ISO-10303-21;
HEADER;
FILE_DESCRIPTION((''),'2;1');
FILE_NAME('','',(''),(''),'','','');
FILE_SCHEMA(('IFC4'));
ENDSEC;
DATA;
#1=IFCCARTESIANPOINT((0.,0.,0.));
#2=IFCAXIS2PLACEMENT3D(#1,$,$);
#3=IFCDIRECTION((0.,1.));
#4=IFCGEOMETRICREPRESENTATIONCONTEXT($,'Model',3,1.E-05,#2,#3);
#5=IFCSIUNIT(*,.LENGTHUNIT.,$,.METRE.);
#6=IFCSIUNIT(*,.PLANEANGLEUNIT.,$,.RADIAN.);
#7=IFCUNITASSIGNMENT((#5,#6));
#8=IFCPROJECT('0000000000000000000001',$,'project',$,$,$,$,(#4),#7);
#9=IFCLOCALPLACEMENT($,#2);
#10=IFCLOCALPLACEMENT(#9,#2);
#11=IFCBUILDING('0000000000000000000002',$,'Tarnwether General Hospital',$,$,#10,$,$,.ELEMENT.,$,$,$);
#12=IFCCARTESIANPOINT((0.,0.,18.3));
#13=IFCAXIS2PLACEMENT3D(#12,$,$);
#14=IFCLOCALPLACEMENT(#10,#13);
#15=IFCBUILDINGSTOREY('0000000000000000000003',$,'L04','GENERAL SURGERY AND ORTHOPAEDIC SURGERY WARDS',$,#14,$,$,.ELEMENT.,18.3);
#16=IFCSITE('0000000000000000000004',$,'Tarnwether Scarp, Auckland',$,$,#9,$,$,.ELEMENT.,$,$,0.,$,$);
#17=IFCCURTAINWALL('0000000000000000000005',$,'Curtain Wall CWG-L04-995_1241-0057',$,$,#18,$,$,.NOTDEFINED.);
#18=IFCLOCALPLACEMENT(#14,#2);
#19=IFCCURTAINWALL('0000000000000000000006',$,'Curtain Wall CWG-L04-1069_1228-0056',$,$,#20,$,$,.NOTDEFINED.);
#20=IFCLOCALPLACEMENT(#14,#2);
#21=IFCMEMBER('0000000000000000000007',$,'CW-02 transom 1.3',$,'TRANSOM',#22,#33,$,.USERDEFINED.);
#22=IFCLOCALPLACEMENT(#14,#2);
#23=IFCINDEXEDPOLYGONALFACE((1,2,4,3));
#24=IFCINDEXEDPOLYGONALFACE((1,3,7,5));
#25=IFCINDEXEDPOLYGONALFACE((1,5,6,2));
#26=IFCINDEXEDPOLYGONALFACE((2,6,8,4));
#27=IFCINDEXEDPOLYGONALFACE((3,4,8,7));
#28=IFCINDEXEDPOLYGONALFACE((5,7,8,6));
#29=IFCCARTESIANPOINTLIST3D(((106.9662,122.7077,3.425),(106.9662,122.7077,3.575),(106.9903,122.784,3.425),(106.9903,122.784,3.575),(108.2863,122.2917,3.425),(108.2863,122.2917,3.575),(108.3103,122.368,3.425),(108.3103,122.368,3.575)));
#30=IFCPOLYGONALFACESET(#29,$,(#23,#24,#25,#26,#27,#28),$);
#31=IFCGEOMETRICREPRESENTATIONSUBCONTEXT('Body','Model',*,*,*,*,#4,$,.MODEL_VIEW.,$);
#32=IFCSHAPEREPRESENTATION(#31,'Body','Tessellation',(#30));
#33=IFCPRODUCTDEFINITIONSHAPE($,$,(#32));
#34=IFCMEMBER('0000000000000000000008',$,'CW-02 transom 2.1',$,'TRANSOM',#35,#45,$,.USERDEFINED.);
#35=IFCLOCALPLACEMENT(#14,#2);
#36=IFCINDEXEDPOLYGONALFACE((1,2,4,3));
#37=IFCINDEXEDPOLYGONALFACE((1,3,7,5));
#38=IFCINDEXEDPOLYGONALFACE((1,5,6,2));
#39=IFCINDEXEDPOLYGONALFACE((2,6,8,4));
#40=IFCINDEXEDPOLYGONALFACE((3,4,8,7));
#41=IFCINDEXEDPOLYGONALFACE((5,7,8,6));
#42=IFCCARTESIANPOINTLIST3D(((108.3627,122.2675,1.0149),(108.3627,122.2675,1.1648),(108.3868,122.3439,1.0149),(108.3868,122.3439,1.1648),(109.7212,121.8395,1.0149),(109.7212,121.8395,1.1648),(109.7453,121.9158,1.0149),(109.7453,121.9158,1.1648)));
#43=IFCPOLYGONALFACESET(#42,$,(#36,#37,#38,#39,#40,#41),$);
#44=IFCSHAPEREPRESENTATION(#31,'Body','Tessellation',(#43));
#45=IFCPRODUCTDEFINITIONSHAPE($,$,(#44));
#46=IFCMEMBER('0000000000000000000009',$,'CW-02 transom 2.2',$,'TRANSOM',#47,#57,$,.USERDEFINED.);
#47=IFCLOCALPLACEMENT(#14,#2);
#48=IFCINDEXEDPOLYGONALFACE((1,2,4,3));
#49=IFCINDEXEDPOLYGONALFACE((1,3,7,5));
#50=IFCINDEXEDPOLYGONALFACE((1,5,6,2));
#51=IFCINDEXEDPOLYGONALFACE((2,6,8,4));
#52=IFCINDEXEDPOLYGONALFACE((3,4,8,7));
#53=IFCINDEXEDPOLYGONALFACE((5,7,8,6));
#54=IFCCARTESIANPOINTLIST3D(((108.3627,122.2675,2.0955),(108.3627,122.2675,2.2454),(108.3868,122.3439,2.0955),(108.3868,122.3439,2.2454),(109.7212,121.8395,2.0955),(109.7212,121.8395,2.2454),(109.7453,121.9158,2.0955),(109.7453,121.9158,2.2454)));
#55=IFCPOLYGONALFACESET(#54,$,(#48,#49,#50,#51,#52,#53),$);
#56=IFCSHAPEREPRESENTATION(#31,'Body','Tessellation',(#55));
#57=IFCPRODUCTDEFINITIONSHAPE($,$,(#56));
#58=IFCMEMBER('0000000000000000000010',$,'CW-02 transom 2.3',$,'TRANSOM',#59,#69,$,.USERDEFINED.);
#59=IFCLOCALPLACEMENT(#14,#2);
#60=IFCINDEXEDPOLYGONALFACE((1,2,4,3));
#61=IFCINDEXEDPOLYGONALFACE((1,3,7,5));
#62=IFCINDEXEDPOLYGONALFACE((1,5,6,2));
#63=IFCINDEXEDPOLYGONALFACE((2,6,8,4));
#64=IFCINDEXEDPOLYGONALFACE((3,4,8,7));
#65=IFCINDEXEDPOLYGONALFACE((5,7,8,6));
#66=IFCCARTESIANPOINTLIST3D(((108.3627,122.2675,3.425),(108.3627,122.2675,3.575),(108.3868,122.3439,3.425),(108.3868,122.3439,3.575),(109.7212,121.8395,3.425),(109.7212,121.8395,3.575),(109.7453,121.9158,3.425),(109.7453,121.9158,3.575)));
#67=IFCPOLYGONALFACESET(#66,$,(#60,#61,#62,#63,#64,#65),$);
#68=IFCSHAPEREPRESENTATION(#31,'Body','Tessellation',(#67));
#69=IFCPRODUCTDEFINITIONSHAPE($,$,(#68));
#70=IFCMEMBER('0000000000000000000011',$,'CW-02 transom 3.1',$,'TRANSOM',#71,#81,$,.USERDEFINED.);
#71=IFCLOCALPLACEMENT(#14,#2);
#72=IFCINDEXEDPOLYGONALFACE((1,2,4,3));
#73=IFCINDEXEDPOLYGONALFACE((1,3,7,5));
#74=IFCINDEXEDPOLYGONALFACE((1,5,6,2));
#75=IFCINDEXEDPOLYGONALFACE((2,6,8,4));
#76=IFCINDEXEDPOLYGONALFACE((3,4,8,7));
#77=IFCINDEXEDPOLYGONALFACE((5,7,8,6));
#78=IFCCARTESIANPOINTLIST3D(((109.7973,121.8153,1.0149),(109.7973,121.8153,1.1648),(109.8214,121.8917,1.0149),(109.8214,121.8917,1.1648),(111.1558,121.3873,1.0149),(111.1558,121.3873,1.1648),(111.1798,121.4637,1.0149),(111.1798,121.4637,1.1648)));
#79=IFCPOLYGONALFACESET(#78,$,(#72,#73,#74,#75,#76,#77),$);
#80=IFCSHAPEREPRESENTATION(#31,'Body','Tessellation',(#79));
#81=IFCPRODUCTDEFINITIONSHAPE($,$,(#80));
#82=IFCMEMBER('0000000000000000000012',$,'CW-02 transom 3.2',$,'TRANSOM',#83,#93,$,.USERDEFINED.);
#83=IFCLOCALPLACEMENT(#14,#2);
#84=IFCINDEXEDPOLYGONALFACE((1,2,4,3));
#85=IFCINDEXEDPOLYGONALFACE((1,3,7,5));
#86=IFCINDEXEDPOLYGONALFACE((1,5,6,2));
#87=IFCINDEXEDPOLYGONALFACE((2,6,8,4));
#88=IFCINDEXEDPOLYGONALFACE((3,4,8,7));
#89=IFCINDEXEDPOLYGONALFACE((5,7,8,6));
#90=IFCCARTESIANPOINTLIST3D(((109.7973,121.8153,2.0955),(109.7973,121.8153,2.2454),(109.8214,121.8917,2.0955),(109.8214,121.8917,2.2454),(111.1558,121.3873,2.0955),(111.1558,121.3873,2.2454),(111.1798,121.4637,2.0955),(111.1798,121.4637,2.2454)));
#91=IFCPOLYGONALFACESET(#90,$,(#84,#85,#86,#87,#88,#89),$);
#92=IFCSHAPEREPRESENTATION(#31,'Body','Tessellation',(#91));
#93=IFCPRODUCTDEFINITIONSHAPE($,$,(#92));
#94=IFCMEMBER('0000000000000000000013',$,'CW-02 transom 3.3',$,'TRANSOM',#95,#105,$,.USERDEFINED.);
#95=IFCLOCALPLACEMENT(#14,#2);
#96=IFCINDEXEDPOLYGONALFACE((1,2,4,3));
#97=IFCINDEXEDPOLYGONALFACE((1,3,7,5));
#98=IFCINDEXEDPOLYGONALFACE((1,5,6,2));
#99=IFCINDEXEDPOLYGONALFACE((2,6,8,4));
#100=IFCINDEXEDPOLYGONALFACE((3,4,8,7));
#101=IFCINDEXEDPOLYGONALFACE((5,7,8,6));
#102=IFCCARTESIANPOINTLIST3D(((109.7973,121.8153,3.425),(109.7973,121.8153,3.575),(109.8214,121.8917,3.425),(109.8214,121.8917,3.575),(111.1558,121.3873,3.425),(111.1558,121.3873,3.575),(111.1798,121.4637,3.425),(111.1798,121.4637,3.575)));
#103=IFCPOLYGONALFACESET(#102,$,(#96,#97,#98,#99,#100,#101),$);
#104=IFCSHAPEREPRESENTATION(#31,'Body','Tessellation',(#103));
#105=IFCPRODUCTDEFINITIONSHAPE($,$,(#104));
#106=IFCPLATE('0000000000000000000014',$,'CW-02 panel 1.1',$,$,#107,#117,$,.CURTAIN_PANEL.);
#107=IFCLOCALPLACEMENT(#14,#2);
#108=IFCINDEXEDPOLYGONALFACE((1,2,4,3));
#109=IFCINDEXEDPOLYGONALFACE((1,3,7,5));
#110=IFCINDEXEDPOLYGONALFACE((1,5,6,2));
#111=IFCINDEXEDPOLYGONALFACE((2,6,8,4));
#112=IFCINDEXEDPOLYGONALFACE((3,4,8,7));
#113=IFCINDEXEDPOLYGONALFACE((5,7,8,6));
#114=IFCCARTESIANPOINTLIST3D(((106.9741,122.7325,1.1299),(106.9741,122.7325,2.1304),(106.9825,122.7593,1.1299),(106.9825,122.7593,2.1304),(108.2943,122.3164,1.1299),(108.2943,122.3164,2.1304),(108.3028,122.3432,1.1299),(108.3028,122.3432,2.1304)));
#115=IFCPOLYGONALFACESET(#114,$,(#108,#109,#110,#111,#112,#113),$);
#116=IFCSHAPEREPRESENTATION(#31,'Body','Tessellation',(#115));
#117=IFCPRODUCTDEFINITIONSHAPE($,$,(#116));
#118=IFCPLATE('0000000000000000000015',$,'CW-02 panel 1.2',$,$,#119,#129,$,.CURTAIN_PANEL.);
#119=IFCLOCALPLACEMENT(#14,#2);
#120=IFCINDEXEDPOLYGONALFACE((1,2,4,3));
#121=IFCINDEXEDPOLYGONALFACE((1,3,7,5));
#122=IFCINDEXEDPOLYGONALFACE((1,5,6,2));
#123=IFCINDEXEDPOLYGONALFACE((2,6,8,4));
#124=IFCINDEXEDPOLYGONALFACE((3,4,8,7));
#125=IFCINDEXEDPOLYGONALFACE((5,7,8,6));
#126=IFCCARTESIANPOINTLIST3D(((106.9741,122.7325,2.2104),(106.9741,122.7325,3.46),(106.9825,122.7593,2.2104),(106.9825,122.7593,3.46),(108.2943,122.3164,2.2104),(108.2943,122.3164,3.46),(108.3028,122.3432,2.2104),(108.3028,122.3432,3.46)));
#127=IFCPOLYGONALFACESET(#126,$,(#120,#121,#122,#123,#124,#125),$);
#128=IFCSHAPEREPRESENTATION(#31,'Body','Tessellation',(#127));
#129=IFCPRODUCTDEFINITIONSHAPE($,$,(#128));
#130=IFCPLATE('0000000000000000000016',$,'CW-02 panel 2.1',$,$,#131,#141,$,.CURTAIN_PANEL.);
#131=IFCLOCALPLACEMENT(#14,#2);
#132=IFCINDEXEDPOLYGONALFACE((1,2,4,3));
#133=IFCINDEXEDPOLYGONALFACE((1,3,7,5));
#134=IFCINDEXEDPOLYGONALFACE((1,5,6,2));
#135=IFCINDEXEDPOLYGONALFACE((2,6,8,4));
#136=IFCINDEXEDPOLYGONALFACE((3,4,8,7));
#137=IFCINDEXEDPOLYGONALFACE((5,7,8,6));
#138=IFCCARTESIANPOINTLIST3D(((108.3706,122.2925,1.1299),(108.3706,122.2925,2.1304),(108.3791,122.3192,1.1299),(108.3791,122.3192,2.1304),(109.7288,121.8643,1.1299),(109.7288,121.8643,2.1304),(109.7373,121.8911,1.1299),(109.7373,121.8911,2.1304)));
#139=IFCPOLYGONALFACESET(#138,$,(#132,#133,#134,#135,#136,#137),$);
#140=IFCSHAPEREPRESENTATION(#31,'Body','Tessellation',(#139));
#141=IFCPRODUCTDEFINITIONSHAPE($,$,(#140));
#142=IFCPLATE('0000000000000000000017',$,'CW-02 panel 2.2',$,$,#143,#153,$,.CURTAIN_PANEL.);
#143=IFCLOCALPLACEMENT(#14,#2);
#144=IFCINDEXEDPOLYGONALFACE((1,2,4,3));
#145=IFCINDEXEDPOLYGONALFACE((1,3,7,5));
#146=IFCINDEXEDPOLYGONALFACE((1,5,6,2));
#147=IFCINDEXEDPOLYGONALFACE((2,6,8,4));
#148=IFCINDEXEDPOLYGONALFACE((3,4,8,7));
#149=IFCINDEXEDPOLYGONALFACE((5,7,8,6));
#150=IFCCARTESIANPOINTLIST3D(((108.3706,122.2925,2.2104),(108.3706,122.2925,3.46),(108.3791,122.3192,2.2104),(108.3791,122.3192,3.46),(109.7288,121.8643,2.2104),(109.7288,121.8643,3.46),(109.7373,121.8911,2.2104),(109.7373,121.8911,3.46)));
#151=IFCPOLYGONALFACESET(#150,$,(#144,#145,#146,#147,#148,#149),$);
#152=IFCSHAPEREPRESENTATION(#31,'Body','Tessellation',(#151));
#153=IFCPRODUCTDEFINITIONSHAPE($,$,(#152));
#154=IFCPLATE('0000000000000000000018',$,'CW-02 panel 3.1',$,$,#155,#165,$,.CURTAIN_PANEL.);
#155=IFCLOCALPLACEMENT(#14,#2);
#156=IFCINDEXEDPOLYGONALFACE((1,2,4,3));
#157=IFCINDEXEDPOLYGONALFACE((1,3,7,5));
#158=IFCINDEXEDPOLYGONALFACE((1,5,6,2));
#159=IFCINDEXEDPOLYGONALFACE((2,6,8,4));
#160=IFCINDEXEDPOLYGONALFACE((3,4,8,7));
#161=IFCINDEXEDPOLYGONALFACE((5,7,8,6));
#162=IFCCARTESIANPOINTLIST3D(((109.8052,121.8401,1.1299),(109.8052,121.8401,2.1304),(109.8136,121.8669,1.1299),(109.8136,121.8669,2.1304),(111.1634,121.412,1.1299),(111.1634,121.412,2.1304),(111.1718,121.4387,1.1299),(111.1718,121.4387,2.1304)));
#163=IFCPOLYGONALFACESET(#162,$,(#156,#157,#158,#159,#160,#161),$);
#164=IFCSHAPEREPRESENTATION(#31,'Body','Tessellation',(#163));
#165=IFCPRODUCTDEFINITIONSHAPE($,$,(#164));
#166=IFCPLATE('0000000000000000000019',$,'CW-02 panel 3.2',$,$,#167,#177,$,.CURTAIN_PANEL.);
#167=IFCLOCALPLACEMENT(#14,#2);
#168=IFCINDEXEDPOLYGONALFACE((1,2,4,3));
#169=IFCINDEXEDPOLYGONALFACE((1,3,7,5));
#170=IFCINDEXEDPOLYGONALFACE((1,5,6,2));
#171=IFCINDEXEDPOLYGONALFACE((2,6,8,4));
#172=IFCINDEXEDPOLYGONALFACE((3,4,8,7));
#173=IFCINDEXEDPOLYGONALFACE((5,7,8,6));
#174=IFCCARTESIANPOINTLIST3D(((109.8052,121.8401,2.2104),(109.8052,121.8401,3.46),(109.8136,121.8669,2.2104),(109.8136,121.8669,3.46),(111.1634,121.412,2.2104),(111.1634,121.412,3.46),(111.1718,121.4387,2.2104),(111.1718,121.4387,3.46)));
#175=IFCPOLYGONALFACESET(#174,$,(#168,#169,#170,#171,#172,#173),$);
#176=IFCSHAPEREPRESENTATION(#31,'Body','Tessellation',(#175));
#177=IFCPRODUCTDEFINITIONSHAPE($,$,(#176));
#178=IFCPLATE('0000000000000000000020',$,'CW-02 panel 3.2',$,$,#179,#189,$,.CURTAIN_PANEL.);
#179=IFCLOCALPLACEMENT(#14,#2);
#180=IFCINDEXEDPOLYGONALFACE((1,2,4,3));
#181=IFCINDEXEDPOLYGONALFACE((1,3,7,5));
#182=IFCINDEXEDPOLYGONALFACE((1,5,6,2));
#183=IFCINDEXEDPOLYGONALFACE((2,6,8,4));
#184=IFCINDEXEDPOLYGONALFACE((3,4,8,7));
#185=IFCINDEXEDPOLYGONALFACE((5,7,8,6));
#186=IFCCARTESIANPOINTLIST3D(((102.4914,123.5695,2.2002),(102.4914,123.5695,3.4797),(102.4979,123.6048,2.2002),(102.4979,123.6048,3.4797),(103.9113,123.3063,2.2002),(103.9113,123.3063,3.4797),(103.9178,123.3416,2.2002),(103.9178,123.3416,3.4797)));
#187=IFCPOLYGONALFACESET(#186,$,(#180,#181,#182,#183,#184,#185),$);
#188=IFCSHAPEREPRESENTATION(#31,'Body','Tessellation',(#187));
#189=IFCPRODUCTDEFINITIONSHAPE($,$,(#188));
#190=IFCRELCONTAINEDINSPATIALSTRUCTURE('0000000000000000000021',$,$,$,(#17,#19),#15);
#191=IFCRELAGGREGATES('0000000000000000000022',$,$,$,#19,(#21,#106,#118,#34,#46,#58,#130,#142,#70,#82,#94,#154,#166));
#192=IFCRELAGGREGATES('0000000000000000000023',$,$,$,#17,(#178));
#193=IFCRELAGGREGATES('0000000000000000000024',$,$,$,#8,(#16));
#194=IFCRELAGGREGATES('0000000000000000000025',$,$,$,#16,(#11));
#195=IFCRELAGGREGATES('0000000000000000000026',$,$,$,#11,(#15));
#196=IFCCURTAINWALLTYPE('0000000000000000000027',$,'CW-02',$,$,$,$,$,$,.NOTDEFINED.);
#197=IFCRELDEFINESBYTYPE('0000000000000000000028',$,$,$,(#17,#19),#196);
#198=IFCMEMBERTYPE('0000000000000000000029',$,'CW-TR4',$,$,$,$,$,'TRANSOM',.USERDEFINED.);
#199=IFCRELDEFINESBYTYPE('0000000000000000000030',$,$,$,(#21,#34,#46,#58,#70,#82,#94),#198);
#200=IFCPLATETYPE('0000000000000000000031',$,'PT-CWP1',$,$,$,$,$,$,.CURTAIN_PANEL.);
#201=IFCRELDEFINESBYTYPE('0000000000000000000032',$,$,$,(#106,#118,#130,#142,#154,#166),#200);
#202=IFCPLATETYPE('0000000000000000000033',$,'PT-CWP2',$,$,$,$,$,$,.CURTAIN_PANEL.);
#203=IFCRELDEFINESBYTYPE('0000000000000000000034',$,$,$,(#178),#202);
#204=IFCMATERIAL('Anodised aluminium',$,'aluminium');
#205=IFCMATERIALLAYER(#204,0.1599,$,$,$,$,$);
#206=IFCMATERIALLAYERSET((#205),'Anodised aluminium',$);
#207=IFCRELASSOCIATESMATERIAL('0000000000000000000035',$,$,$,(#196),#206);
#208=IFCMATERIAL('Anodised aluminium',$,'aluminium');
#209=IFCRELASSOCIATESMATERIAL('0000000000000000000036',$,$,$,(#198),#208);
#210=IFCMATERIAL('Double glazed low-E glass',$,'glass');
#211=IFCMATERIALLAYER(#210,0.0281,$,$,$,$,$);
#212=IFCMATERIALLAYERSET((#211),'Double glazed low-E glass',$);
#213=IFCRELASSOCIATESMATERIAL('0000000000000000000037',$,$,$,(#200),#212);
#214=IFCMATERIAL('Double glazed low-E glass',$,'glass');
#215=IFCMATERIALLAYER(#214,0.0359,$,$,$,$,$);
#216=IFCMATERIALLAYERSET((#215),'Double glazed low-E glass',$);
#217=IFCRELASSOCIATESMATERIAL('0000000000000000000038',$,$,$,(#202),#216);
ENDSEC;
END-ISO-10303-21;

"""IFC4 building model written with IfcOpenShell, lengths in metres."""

from ifc_helpers import new_model, si_unit, direction, frame, origin, origin_2d, place, context, subcontext, project, spatial, rectangle, extrude, material, layer, layer_set, material_profile, profile_set, type_object, element, aggregate, save


model = new_model("IFC4")

# Units and contexts
model_context = context("Model", 3, precision=1e-05, world=origin(), true_north=direction((0.0, 1.0)))
body_context = subcontext(model_context, "Body", "Model", "MODEL_VIEW")
ifc_project = project(units=[si_unit("LENGTHUNIT", "METRE"), si_unit("PLANEANGLEUNIT", "RADIAN")], contexts=[model_context])

# Site, building, storey
site_placement = place(None, origin())
site = spatial("IfcSite", under=ifc_project, at=site_placement, Name="Tarnwether Scarp, Auckland", CompositionType="ELEMENT", RefElevation=0.0)
building_placement = place(site_placement, origin())
building = spatial("IfcBuilding", under=site, at=building_placement, Name="Tarnwether General Hospital", CompositionType="ELEMENT")
storey_placement = place(building_placement, frame((0.0, 0.0, 18.3)))
storey = spatial("IfcBuildingStorey", under=building, at=storey_placement, Name="L04", Description="GENERAL SURGERY AND ORTHOPAEDIC SURGERY WARDS", CompositionType="ELEMENT", Elevation=18.3)

# Curtain walls
ifc_material_1 = material(Name="Anodised aluminium", Category="aluminium")
ifc_layer_1 = layer(ifc_material_1, 0.1599)
ifc_layer_set_1 = layer_set([ifc_layer_1], Name="Anodised aluminium")
curtain_wall_type = type_object("IfcCurtainWallType", Name="CW-02", PredefinedType="NOTDEFINED", material=ifc_layer_set_1)
curtain_wall_1_placement = place(storey_placement, origin())
curtain_wall_1 = element("IfcCurtainWall", 1, at=curtain_wall_1_placement, inside=storey, type_object=curtain_wall_type, Name="Curtain Wall CWG-L04-995_1241-0057", PredefinedType="NOTDEFINED")
curtain_wall_2_placement = place(storey_placement, origin())
curtain_wall_2 = element("IfcCurtainWall", 2, at=curtain_wall_2_placement, inside=storey, type_object=curtain_wall_type, Name="Curtain Wall CWG-L04-1069_1228-0056", PredefinedType="NOTDEFINED")

# Members
ifc_material_2 = material(Name="Anodised aluminium", Category="aluminium")
ifc_material_profile_1 = material_profile(ifc_material_2, rectangle(XDim=0.0801, YDim=0.1499, at=origin_2d()), Name="ALU-TRN-80x150")
ifc_profile_set_1 = profile_set([ifc_material_profile_1], Name="Anodised aluminium")
member_type_1 = type_object("IfcMemberType", Name="CW-TR4", ElementType="TRANSOM", PredefinedType="USERDEFINED", material=ifc_profile_set_1)
member_1_placement = place(storey_placement, frame((106.9783, 122.7458, 3.5), z_axis=(0.953758, -0.300574, 0.0), x_axis=(0.300574, 0.953758, 0.0)))
member_1 = element("IfcMember", 3, at=member_1_placement, type_object=member_type_1, Name="CW-02 transom 1.3", ObjectType="TRANSOM", PredefinedType="USERDEFINED", context=body_context, shape_type="SweptSolid", body=[
    extrude(rectangle(XDim=0.0801, YDim=0.1499, at=origin_2d()), origin(), (0.0, 0.0, 1.0), 1.384),
])
member_2_placement = place(storey_placement, frame((108.3748, 122.3057, 1.0898), z_axis=(0.953782, -0.3005, 0.0), x_axis=(0.3005, 0.953782, 0.0)))
member_2 = element("IfcMember", 4, at=member_2_placement, type_object=member_type_1, Name="CW-02 transom 2.1", ObjectType="TRANSOM", PredefinedType="USERDEFINED", context=body_context, shape_type="SweptSolid", body=[
    extrude(rectangle(XDim=0.0801, YDim=0.1499, at=origin_2d()), origin(), (0.0, 0.0, 1.0), 1.4243),
])
member_3_placement = place(storey_placement, frame((108.3748, 122.3057, 2.1704), z_axis=(0.953782, -0.3005, 0.0), x_axis=(0.3005, 0.953782, 0.0)))
member_3 = element("IfcMember", 5, at=member_3_placement, type_object=member_type_1, Name="CW-02 transom 2.2", ObjectType="TRANSOM", PredefinedType="USERDEFINED", context=body_context, shape_type="SweptSolid", body=[
    extrude(rectangle(XDim=0.0801, YDim=0.1499, at=origin_2d()), origin(), (0.0, 0.0, 1.0), 1.4243),
])
member_4_placement = place(storey_placement, frame((108.3748, 122.3057, 3.5), z_axis=(0.953782, -0.3005, 0.0), x_axis=(0.3005, 0.953782, 0.0)))
member_4 = element("IfcMember", 6, at=member_4_placement, type_object=member_type_1, Name="CW-02 transom 2.3", ObjectType="TRANSOM", PredefinedType="USERDEFINED", context=body_context, shape_type="SweptSolid", body=[
    extrude(rectangle(XDim=0.0801, YDim=0.1499, at=origin_2d()), origin(), (0.0, 0.0, 1.0), 1.4243),
])
member_5_placement = place(storey_placement, frame((109.8093, 121.8535, 1.0898), z_axis=(0.953782, -0.3005, 0.0), x_axis=(0.3005, 0.953782, 0.0)))
member_5 = element("IfcMember", 7, at=member_5_placement, type_object=member_type_1, Name="CW-02 transom 3.1", ObjectType="TRANSOM", PredefinedType="USERDEFINED", context=body_context, shape_type="SweptSolid", body=[
    extrude(rectangle(XDim=0.0801, YDim=0.1499, at=origin_2d()), origin(), (0.0, 0.0, 1.0), 1.4243),
])
member_6_placement = place(storey_placement, frame((109.8093, 121.8535, 2.1704), z_axis=(0.953782, -0.3005, 0.0), x_axis=(0.3005, 0.953782, 0.0)))
member_6 = element("IfcMember", 8, at=member_6_placement, type_object=member_type_1, Name="CW-02 transom 3.2", ObjectType="TRANSOM", PredefinedType="USERDEFINED", context=body_context, shape_type="SweptSolid", body=[
    extrude(rectangle(XDim=0.0801, YDim=0.1499, at=origin_2d()), origin(), (0.0, 0.0, 1.0), 1.4243),
])
member_7_placement = place(storey_placement, frame((109.8093, 121.8535, 3.5), z_axis=(0.953782, -0.3005, 0.0), x_axis=(0.3005, 0.953782, 0.0)))
member_7 = element("IfcMember", 9, at=member_7_placement, type_object=member_type_1, Name="CW-02 transom 3.3", ObjectType="TRANSOM", PredefinedType="USERDEFINED", context=body_context, shape_type="SweptSolid", body=[
    extrude(rectangle(XDim=0.0801, YDim=0.1499, at=origin_2d()), origin(), (0.0, 0.0, 1.0), 1.4243),
])

# Plates
ifc_material_3 = material(Name="Double glazed low-E glass", Category="glass")
ifc_layer_2 = layer(ifc_material_3, 0.0281)
ifc_layer_set_2 = layer_set([ifc_layer_2], Name="Double glazed low-E glass")
plate_type_1 = type_object("IfcPlateType", Name="PT-CWP1", PredefinedType="CURTAIN_PANEL", material=ifc_layer_set_2)
plate_1_placement = place(storey_placement, frame((107.6384, 122.5378, 1.1299), z_axis=(0.0, 0.0, 1.0), x_axis=(0.953741, -0.300629, 0.0)))
plate_1 = element("IfcPlate", 10, at=plate_1_placement, type_object=plate_type_1, Name="CW-02 panel 1.1", PredefinedType="CURTAIN_PANEL", context=body_context, shape_type="SweptSolid", body=[
    extrude(rectangle(XDim=1.3843, YDim=0.0281, at=origin_2d()), origin(), (0.0, 0.0, 1.0), 1.0005),
])
plate_2_placement = place(storey_placement, frame((107.6384, 122.5378, 2.2104), z_axis=(0.0, 0.0, 1.0), x_axis=(0.953741, -0.300629, 0.0)))
plate_2 = element("IfcPlate", 11, at=plate_2_placement, type_object=plate_type_1, Name="CW-02 panel 1.2", PredefinedType="CURTAIN_PANEL", context=body_context, shape_type="SweptSolid", body=[
    extrude(rectangle(XDim=1.3843, YDim=0.0281, at=origin_2d()), origin(), (0.0, 0.0, 1.0), 1.2495),
])
plate_3_placement = place(storey_placement, frame((109.054, 122.0918, 1.1299), z_axis=(0.0, 0.0, 1.0), x_axis=(0.953741, -0.300629, 0.0)))
plate_3 = element("IfcPlate", 12, at=plate_3_placement, type_object=plate_type_1, Name="CW-02 panel 2.1", PredefinedType="CURTAIN_PANEL", context=body_context, shape_type="SweptSolid", body=[
    extrude(rectangle(XDim=1.4241, YDim=0.0281, at=origin_2d()), origin(), (0.0, 0.0, 1.0), 1.0005),
])
plate_4_placement = place(storey_placement, frame((109.054, 122.0918, 2.2104), z_axis=(0.0, 0.0, 1.0), x_axis=(0.953741, -0.300629, 0.0)))
plate_4 = element("IfcPlate", 13, at=plate_4_placement, type_object=plate_type_1, Name="CW-02 panel 2.2", PredefinedType="CURTAIN_PANEL", context=body_context, shape_type="SweptSolid", body=[
    extrude(rectangle(XDim=1.4241, YDim=0.0281, at=origin_2d()), origin(), (0.0, 0.0, 1.0), 1.2495),
])
plate_5_placement = place(storey_placement, frame((110.4885, 121.6394, 1.1299), z_axis=(0.0, 0.0, 1.0), x_axis=(0.953741, -0.300629, 0.0)))
plate_5 = element("IfcPlate", 14, at=plate_5_placement, type_object=plate_type_1, Name="CW-02 panel 3.1", PredefinedType="CURTAIN_PANEL", context=body_context, shape_type="SweptSolid", body=[
    extrude(rectangle(XDim=1.4241, YDim=0.0281, at=origin_2d()), origin(), (0.0, 0.0, 1.0), 1.0005),
])
plate_6_placement = place(storey_placement, frame((110.4885, 121.6394, 2.2104), z_axis=(0.0, 0.0, 1.0), x_axis=(0.953741, -0.300629, 0.0)))
plate_6 = element("IfcPlate", 15, at=plate_6_placement, type_object=plate_type_1, Name="CW-02 panel 3.2", PredefinedType="CURTAIN_PANEL", context=body_context, shape_type="SweptSolid", body=[
    extrude(rectangle(XDim=1.4241, YDim=0.0281, at=origin_2d()), origin(), (0.0, 0.0, 1.0), 1.2495),
])
aggregate(curtain_wall_2, [member_1, plate_1, plate_2, member_2, member_3, member_4, plate_3, plate_4, member_5, member_6, member_7, plate_5, plate_6])
ifc_material_4 = material(Name="Double glazed low-E glass", Category="glass")
ifc_layer_3 = layer(ifc_material_4, 0.0359)
ifc_layer_set_3 = layer_set([ifc_layer_3], Name="Double glazed low-E glass")
plate_type_2 = type_object("IfcPlateType", Name="PT-CWP2", PredefinedType="CURTAIN_PANEL", material=ifc_layer_set_3)
plate_7_placement = place(storey_placement, frame((103.2046, 123.4556, 2.2002), z_axis=(0.0, 0.0, 1.0), x_axis=(0.983245, -0.182289, 0.0)))
plate_7 = element("IfcPlate", 16, at=plate_7_placement, type_object=plate_type_2, Name="CW-02 panel 3.2", PredefinedType="CURTAIN_PANEL", context=body_context, shape_type="SweptSolid", body=[
    extrude(rectangle(XDim=1.4441, YDim=0.0359, at=origin_2d()), origin(), (0.0, 0.0, 1.0), 1.2795),
])
aggregate(curtain_wall_1, [plate_7])

save(model, "model.ifc")
